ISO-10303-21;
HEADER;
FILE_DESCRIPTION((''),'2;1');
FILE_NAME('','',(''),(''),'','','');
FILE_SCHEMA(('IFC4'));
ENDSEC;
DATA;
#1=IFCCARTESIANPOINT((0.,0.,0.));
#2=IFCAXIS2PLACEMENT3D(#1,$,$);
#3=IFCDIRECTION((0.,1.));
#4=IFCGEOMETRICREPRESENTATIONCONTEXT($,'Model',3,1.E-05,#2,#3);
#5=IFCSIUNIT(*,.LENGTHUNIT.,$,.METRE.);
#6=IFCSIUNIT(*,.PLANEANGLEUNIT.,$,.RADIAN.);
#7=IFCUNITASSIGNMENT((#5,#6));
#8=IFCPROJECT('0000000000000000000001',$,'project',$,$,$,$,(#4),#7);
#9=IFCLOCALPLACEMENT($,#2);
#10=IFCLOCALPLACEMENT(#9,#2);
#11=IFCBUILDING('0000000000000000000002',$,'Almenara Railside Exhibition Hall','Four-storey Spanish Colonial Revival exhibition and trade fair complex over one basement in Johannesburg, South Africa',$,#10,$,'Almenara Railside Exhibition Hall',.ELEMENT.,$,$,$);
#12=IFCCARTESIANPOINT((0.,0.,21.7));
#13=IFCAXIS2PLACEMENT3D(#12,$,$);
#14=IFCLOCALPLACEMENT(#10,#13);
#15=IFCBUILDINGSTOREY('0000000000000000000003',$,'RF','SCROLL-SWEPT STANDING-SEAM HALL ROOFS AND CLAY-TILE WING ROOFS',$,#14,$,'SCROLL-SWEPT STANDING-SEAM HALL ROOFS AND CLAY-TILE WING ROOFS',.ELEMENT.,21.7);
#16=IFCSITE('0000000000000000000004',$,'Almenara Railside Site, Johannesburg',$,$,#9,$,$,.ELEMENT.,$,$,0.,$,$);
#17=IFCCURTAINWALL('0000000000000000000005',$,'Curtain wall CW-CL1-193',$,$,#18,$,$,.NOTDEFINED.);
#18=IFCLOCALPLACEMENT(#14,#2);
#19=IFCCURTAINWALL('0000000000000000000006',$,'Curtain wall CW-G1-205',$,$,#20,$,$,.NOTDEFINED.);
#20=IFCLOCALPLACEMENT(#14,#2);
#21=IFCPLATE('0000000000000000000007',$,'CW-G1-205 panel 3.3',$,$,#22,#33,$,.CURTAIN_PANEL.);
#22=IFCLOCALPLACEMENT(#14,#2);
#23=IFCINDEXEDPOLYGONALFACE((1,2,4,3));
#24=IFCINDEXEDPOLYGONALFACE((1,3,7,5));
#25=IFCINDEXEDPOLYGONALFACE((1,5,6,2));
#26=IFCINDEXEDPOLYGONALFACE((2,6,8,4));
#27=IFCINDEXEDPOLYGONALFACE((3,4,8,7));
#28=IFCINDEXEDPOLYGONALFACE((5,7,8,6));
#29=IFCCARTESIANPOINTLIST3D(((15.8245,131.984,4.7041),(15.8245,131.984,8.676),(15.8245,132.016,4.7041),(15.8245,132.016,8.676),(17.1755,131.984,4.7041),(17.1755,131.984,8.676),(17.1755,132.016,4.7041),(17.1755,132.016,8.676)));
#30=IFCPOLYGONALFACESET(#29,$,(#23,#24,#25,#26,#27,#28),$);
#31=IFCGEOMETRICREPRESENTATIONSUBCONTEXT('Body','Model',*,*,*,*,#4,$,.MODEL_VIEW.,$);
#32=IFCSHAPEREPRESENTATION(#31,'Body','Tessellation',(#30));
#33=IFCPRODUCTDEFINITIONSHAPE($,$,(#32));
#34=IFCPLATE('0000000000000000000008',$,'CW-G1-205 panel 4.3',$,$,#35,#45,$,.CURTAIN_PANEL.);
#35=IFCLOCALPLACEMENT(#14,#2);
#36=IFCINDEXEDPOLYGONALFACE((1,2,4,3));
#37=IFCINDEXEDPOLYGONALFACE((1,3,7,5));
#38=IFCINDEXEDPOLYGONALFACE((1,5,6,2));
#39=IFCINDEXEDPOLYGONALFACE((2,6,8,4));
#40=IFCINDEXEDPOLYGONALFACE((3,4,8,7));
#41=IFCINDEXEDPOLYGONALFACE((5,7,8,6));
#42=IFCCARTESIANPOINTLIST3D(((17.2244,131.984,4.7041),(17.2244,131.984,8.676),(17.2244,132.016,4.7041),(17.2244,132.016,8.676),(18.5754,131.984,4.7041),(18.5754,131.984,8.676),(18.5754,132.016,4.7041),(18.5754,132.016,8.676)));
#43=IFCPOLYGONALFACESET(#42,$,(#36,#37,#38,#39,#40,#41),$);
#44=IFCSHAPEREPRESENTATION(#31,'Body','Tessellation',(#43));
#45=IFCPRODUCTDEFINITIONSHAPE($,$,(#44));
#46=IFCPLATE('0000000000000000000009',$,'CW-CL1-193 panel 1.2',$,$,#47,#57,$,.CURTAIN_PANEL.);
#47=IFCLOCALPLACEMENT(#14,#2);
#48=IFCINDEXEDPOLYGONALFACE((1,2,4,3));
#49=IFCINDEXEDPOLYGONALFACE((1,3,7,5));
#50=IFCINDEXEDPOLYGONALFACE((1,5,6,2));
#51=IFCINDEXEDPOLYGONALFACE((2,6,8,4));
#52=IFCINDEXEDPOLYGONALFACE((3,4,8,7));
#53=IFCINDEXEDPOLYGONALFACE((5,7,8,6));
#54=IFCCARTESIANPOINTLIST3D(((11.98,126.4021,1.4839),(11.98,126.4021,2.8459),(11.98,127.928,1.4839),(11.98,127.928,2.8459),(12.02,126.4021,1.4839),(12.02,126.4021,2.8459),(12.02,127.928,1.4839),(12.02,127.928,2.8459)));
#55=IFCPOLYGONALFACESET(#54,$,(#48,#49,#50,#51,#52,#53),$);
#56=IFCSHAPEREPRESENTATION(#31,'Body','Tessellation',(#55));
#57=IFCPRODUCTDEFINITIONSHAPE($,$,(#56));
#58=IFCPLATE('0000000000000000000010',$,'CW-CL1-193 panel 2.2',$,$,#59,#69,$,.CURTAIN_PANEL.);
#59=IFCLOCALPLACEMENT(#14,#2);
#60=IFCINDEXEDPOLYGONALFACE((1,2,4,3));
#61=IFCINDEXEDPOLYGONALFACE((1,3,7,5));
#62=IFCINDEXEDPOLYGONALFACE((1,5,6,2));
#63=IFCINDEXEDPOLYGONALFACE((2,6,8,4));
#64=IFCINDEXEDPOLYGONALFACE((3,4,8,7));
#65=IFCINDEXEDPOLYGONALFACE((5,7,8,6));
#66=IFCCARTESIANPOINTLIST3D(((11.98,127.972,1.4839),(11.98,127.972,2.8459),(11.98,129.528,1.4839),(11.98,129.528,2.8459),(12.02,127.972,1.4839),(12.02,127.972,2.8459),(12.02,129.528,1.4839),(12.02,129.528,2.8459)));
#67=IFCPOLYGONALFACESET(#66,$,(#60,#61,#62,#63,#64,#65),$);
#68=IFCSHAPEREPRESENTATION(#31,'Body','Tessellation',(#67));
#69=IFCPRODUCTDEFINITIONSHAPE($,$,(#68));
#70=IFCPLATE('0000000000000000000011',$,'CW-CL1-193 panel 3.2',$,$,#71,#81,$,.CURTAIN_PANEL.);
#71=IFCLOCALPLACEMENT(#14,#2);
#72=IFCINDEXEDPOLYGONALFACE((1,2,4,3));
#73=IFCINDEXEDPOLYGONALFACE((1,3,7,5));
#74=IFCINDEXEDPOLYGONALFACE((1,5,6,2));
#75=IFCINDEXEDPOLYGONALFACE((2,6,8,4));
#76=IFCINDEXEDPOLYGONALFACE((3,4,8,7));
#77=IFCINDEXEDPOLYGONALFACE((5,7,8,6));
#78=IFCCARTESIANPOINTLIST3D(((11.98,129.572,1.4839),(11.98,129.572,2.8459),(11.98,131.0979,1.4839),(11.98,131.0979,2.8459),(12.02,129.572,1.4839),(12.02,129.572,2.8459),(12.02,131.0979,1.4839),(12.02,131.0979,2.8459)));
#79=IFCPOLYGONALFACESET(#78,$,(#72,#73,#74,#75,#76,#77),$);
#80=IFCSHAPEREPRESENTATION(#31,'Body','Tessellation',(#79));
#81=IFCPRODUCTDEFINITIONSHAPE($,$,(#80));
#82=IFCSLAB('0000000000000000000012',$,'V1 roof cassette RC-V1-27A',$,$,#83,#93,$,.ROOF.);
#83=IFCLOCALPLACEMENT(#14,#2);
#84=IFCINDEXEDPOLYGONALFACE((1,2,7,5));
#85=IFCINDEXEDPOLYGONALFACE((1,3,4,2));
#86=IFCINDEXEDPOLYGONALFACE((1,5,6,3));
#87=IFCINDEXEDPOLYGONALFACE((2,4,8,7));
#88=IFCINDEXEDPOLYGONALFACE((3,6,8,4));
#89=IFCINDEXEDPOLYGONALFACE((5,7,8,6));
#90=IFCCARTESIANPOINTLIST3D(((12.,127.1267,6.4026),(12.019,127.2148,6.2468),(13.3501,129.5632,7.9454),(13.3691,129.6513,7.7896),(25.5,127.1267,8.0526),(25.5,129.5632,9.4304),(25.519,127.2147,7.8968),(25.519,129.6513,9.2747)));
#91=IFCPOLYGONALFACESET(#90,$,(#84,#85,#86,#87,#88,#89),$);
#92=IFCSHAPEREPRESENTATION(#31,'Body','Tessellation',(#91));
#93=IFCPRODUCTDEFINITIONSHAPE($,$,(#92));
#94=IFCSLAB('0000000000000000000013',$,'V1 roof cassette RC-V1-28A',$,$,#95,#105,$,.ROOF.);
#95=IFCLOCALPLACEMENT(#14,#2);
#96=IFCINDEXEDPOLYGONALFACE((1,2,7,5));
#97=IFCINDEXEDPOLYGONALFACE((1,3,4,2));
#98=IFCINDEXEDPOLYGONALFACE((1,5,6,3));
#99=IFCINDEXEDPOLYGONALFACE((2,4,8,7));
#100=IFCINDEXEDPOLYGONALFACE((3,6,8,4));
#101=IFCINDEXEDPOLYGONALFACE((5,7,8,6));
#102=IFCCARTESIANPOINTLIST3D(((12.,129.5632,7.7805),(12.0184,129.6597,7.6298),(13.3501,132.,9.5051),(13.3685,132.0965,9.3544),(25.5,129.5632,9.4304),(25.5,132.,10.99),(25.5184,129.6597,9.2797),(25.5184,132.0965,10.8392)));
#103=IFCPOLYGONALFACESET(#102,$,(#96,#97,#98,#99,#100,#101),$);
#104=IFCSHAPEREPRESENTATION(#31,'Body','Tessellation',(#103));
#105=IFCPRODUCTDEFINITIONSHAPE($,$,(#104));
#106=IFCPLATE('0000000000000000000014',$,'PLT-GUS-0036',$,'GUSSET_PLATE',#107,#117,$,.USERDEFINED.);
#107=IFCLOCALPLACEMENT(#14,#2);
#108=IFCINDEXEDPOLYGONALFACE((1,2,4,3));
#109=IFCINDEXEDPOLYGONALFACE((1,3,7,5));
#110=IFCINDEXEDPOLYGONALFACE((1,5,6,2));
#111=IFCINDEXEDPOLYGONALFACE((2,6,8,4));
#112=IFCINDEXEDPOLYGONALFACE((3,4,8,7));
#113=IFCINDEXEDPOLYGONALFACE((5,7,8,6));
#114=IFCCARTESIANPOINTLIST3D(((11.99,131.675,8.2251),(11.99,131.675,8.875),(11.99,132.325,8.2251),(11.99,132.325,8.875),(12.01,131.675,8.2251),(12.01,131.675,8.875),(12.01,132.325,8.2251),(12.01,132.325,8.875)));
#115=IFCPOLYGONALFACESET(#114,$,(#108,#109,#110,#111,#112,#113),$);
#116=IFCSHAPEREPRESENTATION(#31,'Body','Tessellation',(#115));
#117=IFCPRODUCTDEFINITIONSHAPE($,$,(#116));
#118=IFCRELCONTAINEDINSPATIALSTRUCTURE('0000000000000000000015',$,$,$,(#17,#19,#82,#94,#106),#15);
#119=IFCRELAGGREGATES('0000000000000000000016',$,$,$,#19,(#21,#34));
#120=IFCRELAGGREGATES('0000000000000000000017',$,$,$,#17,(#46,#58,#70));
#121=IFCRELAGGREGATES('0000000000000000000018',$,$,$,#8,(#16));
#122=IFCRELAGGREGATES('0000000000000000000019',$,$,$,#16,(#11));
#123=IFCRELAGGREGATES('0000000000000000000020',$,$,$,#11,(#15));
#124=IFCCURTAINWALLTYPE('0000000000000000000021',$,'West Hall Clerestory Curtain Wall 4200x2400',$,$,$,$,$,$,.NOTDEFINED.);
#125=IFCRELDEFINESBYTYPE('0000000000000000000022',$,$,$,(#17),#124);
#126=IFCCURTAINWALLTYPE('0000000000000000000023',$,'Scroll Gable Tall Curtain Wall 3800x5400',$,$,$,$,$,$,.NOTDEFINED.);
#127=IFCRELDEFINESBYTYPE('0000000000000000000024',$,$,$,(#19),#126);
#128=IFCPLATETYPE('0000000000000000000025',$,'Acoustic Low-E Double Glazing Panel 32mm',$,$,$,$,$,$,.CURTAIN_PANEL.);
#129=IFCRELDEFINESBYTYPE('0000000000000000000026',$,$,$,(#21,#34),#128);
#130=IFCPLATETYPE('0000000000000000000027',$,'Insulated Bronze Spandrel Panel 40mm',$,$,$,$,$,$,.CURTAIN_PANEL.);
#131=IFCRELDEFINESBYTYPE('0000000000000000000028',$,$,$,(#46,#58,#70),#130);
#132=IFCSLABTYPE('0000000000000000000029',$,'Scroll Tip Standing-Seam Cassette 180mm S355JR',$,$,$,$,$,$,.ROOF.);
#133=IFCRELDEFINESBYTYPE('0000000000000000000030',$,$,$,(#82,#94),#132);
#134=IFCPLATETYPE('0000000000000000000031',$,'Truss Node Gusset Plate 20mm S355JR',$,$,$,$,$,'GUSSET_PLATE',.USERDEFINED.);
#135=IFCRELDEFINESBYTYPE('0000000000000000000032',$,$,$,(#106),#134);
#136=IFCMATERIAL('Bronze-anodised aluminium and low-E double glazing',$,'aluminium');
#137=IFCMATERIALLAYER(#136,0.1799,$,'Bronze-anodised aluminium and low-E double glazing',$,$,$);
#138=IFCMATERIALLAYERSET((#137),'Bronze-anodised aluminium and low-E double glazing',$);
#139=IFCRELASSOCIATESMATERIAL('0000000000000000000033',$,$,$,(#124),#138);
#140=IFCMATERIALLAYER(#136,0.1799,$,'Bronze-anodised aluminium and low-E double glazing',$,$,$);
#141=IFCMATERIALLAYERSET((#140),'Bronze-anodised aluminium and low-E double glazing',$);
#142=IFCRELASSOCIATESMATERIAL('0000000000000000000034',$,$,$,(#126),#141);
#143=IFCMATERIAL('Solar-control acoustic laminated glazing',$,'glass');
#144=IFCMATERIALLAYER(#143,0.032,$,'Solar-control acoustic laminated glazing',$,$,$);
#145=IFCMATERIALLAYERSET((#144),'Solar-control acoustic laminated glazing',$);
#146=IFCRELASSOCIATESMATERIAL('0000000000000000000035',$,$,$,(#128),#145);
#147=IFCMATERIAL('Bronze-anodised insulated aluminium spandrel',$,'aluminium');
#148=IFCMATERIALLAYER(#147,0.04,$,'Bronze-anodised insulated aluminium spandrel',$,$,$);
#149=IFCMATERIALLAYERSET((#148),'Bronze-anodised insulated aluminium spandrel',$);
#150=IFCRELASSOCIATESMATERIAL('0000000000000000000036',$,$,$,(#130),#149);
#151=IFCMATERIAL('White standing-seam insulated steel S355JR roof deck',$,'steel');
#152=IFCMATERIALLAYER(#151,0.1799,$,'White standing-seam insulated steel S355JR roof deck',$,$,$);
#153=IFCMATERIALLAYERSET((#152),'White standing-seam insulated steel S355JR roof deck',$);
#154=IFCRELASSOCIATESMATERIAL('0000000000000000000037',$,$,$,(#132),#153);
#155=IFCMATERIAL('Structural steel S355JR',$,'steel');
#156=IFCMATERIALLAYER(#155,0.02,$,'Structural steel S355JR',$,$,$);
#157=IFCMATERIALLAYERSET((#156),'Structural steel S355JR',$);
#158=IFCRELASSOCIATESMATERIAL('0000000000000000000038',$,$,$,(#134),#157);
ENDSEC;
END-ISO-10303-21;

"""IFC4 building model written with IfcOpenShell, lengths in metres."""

from ifc_helpers import new_model, si_unit, direction, frame, origin, origin_2d, place, context, subcontext, project, spatial, polyline, rectangle, outline, extrude, material, layer, layer_set, type_object, element, aggregate, save


model = new_model("IFC4")

# Units and contexts
model_context = context("Model", 3, precision=1e-05, world=origin(), true_north=direction((0.0, 1.0)))
body_context = subcontext(model_context, "Body", "Model", "MODEL_VIEW")
ifc_project = project(units=[si_unit("LENGTHUNIT", "METRE"), si_unit("PLANEANGLEUNIT", "RADIAN")], contexts=[model_context])

# Site, building, storey
site_placement = place(None, origin())
site = spatial("IfcSite", under=ifc_project, at=site_placement, Name="Almenara Railside Site, Johannesburg", CompositionType="ELEMENT", RefElevation=0.0)
building_placement = place(site_placement, origin())
building = spatial("IfcBuilding", under=site, at=building_placement, Name="Almenara Railside Exhibition Hall", Description="Four-storey Spanish Colonial Revival exhibition and trade fair complex over one basement in Johannesburg, South Africa", LongName="Almenara Railside Exhibition Hall", CompositionType="ELEMENT")
storey_placement = place(building_placement, frame((0.0, 0.0, 21.7)))
storey = spatial("IfcBuildingStorey", under=building, at=storey_placement, Name="RF", Description="SCROLL-SWEPT STANDING-SEAM HALL ROOFS AND CLAY-TILE WING ROOFS", LongName="SCROLL-SWEPT STANDING-SEAM HALL ROOFS AND CLAY-TILE WING ROOFS", CompositionType="ELEMENT", Elevation=21.7)

# Shared definitions
ifc_material_1 = material(Name="Structural steel S355JR", Category="steel")

# Curtain walls
ifc_material_2 = material(Name="Bronze-anodised aluminium and low-E double glazing", Category="aluminium")
ifc_layer_1 = layer(ifc_material_2, 0.1799, Name="Bronze-anodised aluminium and low-E double glazing")
ifc_layer_set_1 = layer_set([ifc_layer_1], Name="Bronze-anodised aluminium and low-E double glazing")
curtain_wall_type_1 = type_object("IfcCurtainWallType", Name="West Hall Clerestory Curtain Wall 4200x2400", PredefinedType="NOTDEFINED", material=ifc_layer_set_1)
curtain_wall_1_placement = place(storey_placement, origin())
curtain_wall_1 = element("IfcCurtainWall", 1, at=curtain_wall_1_placement, inside=storey, type_object=curtain_wall_type_1, Name="Curtain wall CW-CL1-193", PredefinedType="NOTDEFINED")
ifc_layer_2 = layer(ifc_material_2, 0.1799, Name="Bronze-anodised aluminium and low-E double glazing")
ifc_layer_set_2 = layer_set([ifc_layer_2], Name="Bronze-anodised aluminium and low-E double glazing")
curtain_wall_type_2 = type_object("IfcCurtainWallType", Name="Scroll Gable Tall Curtain Wall 3800x5400", PredefinedType="NOTDEFINED", material=ifc_layer_set_2)
curtain_wall_2_placement = place(storey_placement, origin())
curtain_wall_2 = element("IfcCurtainWall", 2, at=curtain_wall_2_placement, inside=storey, type_object=curtain_wall_type_2, Name="Curtain wall CW-G1-205", PredefinedType="NOTDEFINED")

# Plates
ifc_material_3 = material(Name="Solar-control acoustic laminated glazing", Category="glass")
ifc_layer_3 = layer(ifc_material_3, 0.032, Name="Solar-control acoustic laminated glazing")
ifc_layer_set_3 = layer_set([ifc_layer_3], Name="Solar-control acoustic laminated glazing")
plate_type_1 = type_object("IfcPlateType", Name="Acoustic Low-E Double Glazing Panel 32mm", PredefinedType="CURTAIN_PANEL", material=ifc_layer_set_3)
plate_1_placement = place(storey_placement, frame((16.5, 132.0, 4.7041), z_axis=(0.0, 0.0, 1.0), x_axis=(1.0, 0.0, 0.0)))
plate_1 = element("IfcPlate", 3, at=plate_1_placement, type_object=plate_type_1, Name="CW-G1-205 panel 3.3", PredefinedType="CURTAIN_PANEL", context=body_context, shape_type="SweptSolid", body=[
    extrude(rectangle(XDim=1.3511, YDim=0.032, at=origin_2d()), origin(), (0.0, 0.0, 1.0), 3.9719),
])
plate_2_placement = place(storey_placement, frame((17.8999, 132.0, 4.7041), z_axis=(0.0, 0.0, 1.0), x_axis=(1.0, 0.0, 0.0)))
plate_2 = element("IfcPlate", 4, at=plate_2_placement, type_object=plate_type_1, Name="CW-G1-205 panel 4.3", PredefinedType="CURTAIN_PANEL", context=body_context, shape_type="SweptSolid", body=[
    extrude(rectangle(XDim=1.3511, YDim=0.032, at=origin_2d()), origin(), (0.0, 0.0, 1.0), 3.9719),
])
aggregate(curtain_wall_2, [plate_1, plate_2])
ifc_material_4 = material(Name="Bronze-anodised insulated aluminium spandrel", Category="aluminium")
ifc_layer_4 = layer(ifc_material_4, 0.04, Name="Bronze-anodised insulated aluminium spandrel")
ifc_layer_set_4 = layer_set([ifc_layer_4], Name="Bronze-anodised insulated aluminium spandrel")
plate_type_2 = type_object("IfcPlateType", Name="Insulated Bronze Spandrel Panel 40mm", PredefinedType="CURTAIN_PANEL", material=ifc_layer_set_4)
plate_3_placement = place(storey_placement, frame((12.0, 127.165, 1.4839), z_axis=(0.0, 0.0, 1.0), x_axis=(0.0, 1.0, 0.0)))
plate_3 = element("IfcPlate", 5, at=plate_3_placement, type_object=plate_type_2, Name="CW-CL1-193 panel 1.2", PredefinedType="CURTAIN_PANEL", context=body_context, shape_type="SweptSolid", body=[
    extrude(rectangle(XDim=1.5259, YDim=0.04, at=origin_2d()), origin(), (0.0, 0.0, 1.0), 1.3621),
])
plate_4_placement = place(storey_placement, frame((12.0, 128.75, 1.4839), z_axis=(0.0, 0.0, 1.0), x_axis=(0.0, 1.0, 0.0)))
plate_4 = element("IfcPlate", 6, at=plate_4_placement, type_object=plate_type_2, Name="CW-CL1-193 panel 2.2", PredefinedType="CURTAIN_PANEL", context=body_context, shape_type="SweptSolid", body=[
    extrude(rectangle(XDim=1.5559, YDim=0.04, at=origin_2d()), origin(), (0.0, 0.0, 1.0), 1.3621),
])
plate_5_placement = place(storey_placement, frame((12.0, 130.335, 1.4839), z_axis=(0.0, 0.0, 1.0), x_axis=(0.0, 1.0, 0.0)))
plate_5 = element("IfcPlate", 7, at=plate_5_placement, type_object=plate_type_2, Name="CW-CL1-193 panel 3.2", PredefinedType="CURTAIN_PANEL", context=body_context, shape_type="SweptSolid", body=[
    extrude(rectangle(XDim=1.5259, YDim=0.04, at=origin_2d()), origin(), (0.0, 0.0, 1.0), 1.3621),
])
aggregate(curtain_wall_1, [plate_3, plate_4, plate_5])

# Slabs
ifc_material_5 = material(Name="White standing-seam insulated steel S355JR roof deck", Category="steel")
ifc_layer_5 = layer(ifc_material_5, 0.1799, Name="White standing-seam insulated steel S355JR roof deck")
ifc_layer_set_5 = layer_set([ifc_layer_5], Name="White standing-seam insulated steel S355JR roof deck")
slab_type = type_object("IfcSlabType", Name="Scroll Tip Standing-Seam Cassette 180mm S355JR", PredefinedType="ROOF", material=ifc_layer_set_5)
slab_1_placement = place(storey_placement, frame((12.0, 127.1267, 6.4026), z_axis=(-0.105794, -0.489472, 0.865578), x_axis=(0.992614, -0.000003, 0.121318)))
element("IfcSlab", 8, at=slab_1_placement, inside=storey, type_object=slab_type, Name="V1 roof cassette RC-V1-27A", PredefinedType="ROOF", context=body_context, shape_type="SweptSolid", body=[
    extrude(outline(polyline([(0.0, 0.0), (13.6004, 0.0), (13.7676, 2.7942), (1.5273, 2.7941), (0.0, 0.0)])), origin(), (0.0, 0.0, -1.0), 0.1799),
])
slab_2_placement = place(storey_placement, frame((12.0, 129.5632, 7.7805), z_axis=(-0.102395, -0.536235, 0.837835), x_axis=(0.992615, 0.000001, 0.121311)))
element("IfcSlab", 9, at=slab_2_placement, inside=storey, type_object=slab_type, Name="V1 roof cassette RC-V1-28A", PredefinedType="ROOF", context=body_context, shape_type="SweptSolid", body=[
    extrude(outline(polyline([(0.0, 0.0), (13.6004, 0.0), (13.7896, 2.8869), (1.5493, 2.8869), (0.0, 0.0)])), origin(), (0.0, 0.0, -1.0), 0.1799),
])

# Plate
ifc_layer_6 = layer(ifc_material_1, 0.02, Name="Structural steel S355JR")
ifc_layer_set_6 = layer_set([ifc_layer_6], Name="Structural steel S355JR")
plate_type_3 = type_object("IfcPlateType", Name="Truss Node Gusset Plate 20mm S355JR", ElementType="GUSSET_PLATE", PredefinedType="USERDEFINED", material=ifc_layer_set_6)
plate_6_placement = place(storey_placement, frame((12.0, 132.0, 8.2251), z_axis=(0.0, 0.0, 1.0), x_axis=(0.0, 1.0, 0.0)))
element("IfcPlate", 10, at=plate_6_placement, inside=storey, type_object=plate_type_3, Name="PLT-GUS-0036", ObjectType="GUSSET_PLATE", PredefinedType="USERDEFINED", context=body_context, shape_type="SweptSolid", body=[
    extrude(rectangle(XDim=0.6499, YDim=0.02, at=origin_2d()), origin(), (0.0, 0.0, 1.0), 0.6499),
])

save(model, "model.ifc")
